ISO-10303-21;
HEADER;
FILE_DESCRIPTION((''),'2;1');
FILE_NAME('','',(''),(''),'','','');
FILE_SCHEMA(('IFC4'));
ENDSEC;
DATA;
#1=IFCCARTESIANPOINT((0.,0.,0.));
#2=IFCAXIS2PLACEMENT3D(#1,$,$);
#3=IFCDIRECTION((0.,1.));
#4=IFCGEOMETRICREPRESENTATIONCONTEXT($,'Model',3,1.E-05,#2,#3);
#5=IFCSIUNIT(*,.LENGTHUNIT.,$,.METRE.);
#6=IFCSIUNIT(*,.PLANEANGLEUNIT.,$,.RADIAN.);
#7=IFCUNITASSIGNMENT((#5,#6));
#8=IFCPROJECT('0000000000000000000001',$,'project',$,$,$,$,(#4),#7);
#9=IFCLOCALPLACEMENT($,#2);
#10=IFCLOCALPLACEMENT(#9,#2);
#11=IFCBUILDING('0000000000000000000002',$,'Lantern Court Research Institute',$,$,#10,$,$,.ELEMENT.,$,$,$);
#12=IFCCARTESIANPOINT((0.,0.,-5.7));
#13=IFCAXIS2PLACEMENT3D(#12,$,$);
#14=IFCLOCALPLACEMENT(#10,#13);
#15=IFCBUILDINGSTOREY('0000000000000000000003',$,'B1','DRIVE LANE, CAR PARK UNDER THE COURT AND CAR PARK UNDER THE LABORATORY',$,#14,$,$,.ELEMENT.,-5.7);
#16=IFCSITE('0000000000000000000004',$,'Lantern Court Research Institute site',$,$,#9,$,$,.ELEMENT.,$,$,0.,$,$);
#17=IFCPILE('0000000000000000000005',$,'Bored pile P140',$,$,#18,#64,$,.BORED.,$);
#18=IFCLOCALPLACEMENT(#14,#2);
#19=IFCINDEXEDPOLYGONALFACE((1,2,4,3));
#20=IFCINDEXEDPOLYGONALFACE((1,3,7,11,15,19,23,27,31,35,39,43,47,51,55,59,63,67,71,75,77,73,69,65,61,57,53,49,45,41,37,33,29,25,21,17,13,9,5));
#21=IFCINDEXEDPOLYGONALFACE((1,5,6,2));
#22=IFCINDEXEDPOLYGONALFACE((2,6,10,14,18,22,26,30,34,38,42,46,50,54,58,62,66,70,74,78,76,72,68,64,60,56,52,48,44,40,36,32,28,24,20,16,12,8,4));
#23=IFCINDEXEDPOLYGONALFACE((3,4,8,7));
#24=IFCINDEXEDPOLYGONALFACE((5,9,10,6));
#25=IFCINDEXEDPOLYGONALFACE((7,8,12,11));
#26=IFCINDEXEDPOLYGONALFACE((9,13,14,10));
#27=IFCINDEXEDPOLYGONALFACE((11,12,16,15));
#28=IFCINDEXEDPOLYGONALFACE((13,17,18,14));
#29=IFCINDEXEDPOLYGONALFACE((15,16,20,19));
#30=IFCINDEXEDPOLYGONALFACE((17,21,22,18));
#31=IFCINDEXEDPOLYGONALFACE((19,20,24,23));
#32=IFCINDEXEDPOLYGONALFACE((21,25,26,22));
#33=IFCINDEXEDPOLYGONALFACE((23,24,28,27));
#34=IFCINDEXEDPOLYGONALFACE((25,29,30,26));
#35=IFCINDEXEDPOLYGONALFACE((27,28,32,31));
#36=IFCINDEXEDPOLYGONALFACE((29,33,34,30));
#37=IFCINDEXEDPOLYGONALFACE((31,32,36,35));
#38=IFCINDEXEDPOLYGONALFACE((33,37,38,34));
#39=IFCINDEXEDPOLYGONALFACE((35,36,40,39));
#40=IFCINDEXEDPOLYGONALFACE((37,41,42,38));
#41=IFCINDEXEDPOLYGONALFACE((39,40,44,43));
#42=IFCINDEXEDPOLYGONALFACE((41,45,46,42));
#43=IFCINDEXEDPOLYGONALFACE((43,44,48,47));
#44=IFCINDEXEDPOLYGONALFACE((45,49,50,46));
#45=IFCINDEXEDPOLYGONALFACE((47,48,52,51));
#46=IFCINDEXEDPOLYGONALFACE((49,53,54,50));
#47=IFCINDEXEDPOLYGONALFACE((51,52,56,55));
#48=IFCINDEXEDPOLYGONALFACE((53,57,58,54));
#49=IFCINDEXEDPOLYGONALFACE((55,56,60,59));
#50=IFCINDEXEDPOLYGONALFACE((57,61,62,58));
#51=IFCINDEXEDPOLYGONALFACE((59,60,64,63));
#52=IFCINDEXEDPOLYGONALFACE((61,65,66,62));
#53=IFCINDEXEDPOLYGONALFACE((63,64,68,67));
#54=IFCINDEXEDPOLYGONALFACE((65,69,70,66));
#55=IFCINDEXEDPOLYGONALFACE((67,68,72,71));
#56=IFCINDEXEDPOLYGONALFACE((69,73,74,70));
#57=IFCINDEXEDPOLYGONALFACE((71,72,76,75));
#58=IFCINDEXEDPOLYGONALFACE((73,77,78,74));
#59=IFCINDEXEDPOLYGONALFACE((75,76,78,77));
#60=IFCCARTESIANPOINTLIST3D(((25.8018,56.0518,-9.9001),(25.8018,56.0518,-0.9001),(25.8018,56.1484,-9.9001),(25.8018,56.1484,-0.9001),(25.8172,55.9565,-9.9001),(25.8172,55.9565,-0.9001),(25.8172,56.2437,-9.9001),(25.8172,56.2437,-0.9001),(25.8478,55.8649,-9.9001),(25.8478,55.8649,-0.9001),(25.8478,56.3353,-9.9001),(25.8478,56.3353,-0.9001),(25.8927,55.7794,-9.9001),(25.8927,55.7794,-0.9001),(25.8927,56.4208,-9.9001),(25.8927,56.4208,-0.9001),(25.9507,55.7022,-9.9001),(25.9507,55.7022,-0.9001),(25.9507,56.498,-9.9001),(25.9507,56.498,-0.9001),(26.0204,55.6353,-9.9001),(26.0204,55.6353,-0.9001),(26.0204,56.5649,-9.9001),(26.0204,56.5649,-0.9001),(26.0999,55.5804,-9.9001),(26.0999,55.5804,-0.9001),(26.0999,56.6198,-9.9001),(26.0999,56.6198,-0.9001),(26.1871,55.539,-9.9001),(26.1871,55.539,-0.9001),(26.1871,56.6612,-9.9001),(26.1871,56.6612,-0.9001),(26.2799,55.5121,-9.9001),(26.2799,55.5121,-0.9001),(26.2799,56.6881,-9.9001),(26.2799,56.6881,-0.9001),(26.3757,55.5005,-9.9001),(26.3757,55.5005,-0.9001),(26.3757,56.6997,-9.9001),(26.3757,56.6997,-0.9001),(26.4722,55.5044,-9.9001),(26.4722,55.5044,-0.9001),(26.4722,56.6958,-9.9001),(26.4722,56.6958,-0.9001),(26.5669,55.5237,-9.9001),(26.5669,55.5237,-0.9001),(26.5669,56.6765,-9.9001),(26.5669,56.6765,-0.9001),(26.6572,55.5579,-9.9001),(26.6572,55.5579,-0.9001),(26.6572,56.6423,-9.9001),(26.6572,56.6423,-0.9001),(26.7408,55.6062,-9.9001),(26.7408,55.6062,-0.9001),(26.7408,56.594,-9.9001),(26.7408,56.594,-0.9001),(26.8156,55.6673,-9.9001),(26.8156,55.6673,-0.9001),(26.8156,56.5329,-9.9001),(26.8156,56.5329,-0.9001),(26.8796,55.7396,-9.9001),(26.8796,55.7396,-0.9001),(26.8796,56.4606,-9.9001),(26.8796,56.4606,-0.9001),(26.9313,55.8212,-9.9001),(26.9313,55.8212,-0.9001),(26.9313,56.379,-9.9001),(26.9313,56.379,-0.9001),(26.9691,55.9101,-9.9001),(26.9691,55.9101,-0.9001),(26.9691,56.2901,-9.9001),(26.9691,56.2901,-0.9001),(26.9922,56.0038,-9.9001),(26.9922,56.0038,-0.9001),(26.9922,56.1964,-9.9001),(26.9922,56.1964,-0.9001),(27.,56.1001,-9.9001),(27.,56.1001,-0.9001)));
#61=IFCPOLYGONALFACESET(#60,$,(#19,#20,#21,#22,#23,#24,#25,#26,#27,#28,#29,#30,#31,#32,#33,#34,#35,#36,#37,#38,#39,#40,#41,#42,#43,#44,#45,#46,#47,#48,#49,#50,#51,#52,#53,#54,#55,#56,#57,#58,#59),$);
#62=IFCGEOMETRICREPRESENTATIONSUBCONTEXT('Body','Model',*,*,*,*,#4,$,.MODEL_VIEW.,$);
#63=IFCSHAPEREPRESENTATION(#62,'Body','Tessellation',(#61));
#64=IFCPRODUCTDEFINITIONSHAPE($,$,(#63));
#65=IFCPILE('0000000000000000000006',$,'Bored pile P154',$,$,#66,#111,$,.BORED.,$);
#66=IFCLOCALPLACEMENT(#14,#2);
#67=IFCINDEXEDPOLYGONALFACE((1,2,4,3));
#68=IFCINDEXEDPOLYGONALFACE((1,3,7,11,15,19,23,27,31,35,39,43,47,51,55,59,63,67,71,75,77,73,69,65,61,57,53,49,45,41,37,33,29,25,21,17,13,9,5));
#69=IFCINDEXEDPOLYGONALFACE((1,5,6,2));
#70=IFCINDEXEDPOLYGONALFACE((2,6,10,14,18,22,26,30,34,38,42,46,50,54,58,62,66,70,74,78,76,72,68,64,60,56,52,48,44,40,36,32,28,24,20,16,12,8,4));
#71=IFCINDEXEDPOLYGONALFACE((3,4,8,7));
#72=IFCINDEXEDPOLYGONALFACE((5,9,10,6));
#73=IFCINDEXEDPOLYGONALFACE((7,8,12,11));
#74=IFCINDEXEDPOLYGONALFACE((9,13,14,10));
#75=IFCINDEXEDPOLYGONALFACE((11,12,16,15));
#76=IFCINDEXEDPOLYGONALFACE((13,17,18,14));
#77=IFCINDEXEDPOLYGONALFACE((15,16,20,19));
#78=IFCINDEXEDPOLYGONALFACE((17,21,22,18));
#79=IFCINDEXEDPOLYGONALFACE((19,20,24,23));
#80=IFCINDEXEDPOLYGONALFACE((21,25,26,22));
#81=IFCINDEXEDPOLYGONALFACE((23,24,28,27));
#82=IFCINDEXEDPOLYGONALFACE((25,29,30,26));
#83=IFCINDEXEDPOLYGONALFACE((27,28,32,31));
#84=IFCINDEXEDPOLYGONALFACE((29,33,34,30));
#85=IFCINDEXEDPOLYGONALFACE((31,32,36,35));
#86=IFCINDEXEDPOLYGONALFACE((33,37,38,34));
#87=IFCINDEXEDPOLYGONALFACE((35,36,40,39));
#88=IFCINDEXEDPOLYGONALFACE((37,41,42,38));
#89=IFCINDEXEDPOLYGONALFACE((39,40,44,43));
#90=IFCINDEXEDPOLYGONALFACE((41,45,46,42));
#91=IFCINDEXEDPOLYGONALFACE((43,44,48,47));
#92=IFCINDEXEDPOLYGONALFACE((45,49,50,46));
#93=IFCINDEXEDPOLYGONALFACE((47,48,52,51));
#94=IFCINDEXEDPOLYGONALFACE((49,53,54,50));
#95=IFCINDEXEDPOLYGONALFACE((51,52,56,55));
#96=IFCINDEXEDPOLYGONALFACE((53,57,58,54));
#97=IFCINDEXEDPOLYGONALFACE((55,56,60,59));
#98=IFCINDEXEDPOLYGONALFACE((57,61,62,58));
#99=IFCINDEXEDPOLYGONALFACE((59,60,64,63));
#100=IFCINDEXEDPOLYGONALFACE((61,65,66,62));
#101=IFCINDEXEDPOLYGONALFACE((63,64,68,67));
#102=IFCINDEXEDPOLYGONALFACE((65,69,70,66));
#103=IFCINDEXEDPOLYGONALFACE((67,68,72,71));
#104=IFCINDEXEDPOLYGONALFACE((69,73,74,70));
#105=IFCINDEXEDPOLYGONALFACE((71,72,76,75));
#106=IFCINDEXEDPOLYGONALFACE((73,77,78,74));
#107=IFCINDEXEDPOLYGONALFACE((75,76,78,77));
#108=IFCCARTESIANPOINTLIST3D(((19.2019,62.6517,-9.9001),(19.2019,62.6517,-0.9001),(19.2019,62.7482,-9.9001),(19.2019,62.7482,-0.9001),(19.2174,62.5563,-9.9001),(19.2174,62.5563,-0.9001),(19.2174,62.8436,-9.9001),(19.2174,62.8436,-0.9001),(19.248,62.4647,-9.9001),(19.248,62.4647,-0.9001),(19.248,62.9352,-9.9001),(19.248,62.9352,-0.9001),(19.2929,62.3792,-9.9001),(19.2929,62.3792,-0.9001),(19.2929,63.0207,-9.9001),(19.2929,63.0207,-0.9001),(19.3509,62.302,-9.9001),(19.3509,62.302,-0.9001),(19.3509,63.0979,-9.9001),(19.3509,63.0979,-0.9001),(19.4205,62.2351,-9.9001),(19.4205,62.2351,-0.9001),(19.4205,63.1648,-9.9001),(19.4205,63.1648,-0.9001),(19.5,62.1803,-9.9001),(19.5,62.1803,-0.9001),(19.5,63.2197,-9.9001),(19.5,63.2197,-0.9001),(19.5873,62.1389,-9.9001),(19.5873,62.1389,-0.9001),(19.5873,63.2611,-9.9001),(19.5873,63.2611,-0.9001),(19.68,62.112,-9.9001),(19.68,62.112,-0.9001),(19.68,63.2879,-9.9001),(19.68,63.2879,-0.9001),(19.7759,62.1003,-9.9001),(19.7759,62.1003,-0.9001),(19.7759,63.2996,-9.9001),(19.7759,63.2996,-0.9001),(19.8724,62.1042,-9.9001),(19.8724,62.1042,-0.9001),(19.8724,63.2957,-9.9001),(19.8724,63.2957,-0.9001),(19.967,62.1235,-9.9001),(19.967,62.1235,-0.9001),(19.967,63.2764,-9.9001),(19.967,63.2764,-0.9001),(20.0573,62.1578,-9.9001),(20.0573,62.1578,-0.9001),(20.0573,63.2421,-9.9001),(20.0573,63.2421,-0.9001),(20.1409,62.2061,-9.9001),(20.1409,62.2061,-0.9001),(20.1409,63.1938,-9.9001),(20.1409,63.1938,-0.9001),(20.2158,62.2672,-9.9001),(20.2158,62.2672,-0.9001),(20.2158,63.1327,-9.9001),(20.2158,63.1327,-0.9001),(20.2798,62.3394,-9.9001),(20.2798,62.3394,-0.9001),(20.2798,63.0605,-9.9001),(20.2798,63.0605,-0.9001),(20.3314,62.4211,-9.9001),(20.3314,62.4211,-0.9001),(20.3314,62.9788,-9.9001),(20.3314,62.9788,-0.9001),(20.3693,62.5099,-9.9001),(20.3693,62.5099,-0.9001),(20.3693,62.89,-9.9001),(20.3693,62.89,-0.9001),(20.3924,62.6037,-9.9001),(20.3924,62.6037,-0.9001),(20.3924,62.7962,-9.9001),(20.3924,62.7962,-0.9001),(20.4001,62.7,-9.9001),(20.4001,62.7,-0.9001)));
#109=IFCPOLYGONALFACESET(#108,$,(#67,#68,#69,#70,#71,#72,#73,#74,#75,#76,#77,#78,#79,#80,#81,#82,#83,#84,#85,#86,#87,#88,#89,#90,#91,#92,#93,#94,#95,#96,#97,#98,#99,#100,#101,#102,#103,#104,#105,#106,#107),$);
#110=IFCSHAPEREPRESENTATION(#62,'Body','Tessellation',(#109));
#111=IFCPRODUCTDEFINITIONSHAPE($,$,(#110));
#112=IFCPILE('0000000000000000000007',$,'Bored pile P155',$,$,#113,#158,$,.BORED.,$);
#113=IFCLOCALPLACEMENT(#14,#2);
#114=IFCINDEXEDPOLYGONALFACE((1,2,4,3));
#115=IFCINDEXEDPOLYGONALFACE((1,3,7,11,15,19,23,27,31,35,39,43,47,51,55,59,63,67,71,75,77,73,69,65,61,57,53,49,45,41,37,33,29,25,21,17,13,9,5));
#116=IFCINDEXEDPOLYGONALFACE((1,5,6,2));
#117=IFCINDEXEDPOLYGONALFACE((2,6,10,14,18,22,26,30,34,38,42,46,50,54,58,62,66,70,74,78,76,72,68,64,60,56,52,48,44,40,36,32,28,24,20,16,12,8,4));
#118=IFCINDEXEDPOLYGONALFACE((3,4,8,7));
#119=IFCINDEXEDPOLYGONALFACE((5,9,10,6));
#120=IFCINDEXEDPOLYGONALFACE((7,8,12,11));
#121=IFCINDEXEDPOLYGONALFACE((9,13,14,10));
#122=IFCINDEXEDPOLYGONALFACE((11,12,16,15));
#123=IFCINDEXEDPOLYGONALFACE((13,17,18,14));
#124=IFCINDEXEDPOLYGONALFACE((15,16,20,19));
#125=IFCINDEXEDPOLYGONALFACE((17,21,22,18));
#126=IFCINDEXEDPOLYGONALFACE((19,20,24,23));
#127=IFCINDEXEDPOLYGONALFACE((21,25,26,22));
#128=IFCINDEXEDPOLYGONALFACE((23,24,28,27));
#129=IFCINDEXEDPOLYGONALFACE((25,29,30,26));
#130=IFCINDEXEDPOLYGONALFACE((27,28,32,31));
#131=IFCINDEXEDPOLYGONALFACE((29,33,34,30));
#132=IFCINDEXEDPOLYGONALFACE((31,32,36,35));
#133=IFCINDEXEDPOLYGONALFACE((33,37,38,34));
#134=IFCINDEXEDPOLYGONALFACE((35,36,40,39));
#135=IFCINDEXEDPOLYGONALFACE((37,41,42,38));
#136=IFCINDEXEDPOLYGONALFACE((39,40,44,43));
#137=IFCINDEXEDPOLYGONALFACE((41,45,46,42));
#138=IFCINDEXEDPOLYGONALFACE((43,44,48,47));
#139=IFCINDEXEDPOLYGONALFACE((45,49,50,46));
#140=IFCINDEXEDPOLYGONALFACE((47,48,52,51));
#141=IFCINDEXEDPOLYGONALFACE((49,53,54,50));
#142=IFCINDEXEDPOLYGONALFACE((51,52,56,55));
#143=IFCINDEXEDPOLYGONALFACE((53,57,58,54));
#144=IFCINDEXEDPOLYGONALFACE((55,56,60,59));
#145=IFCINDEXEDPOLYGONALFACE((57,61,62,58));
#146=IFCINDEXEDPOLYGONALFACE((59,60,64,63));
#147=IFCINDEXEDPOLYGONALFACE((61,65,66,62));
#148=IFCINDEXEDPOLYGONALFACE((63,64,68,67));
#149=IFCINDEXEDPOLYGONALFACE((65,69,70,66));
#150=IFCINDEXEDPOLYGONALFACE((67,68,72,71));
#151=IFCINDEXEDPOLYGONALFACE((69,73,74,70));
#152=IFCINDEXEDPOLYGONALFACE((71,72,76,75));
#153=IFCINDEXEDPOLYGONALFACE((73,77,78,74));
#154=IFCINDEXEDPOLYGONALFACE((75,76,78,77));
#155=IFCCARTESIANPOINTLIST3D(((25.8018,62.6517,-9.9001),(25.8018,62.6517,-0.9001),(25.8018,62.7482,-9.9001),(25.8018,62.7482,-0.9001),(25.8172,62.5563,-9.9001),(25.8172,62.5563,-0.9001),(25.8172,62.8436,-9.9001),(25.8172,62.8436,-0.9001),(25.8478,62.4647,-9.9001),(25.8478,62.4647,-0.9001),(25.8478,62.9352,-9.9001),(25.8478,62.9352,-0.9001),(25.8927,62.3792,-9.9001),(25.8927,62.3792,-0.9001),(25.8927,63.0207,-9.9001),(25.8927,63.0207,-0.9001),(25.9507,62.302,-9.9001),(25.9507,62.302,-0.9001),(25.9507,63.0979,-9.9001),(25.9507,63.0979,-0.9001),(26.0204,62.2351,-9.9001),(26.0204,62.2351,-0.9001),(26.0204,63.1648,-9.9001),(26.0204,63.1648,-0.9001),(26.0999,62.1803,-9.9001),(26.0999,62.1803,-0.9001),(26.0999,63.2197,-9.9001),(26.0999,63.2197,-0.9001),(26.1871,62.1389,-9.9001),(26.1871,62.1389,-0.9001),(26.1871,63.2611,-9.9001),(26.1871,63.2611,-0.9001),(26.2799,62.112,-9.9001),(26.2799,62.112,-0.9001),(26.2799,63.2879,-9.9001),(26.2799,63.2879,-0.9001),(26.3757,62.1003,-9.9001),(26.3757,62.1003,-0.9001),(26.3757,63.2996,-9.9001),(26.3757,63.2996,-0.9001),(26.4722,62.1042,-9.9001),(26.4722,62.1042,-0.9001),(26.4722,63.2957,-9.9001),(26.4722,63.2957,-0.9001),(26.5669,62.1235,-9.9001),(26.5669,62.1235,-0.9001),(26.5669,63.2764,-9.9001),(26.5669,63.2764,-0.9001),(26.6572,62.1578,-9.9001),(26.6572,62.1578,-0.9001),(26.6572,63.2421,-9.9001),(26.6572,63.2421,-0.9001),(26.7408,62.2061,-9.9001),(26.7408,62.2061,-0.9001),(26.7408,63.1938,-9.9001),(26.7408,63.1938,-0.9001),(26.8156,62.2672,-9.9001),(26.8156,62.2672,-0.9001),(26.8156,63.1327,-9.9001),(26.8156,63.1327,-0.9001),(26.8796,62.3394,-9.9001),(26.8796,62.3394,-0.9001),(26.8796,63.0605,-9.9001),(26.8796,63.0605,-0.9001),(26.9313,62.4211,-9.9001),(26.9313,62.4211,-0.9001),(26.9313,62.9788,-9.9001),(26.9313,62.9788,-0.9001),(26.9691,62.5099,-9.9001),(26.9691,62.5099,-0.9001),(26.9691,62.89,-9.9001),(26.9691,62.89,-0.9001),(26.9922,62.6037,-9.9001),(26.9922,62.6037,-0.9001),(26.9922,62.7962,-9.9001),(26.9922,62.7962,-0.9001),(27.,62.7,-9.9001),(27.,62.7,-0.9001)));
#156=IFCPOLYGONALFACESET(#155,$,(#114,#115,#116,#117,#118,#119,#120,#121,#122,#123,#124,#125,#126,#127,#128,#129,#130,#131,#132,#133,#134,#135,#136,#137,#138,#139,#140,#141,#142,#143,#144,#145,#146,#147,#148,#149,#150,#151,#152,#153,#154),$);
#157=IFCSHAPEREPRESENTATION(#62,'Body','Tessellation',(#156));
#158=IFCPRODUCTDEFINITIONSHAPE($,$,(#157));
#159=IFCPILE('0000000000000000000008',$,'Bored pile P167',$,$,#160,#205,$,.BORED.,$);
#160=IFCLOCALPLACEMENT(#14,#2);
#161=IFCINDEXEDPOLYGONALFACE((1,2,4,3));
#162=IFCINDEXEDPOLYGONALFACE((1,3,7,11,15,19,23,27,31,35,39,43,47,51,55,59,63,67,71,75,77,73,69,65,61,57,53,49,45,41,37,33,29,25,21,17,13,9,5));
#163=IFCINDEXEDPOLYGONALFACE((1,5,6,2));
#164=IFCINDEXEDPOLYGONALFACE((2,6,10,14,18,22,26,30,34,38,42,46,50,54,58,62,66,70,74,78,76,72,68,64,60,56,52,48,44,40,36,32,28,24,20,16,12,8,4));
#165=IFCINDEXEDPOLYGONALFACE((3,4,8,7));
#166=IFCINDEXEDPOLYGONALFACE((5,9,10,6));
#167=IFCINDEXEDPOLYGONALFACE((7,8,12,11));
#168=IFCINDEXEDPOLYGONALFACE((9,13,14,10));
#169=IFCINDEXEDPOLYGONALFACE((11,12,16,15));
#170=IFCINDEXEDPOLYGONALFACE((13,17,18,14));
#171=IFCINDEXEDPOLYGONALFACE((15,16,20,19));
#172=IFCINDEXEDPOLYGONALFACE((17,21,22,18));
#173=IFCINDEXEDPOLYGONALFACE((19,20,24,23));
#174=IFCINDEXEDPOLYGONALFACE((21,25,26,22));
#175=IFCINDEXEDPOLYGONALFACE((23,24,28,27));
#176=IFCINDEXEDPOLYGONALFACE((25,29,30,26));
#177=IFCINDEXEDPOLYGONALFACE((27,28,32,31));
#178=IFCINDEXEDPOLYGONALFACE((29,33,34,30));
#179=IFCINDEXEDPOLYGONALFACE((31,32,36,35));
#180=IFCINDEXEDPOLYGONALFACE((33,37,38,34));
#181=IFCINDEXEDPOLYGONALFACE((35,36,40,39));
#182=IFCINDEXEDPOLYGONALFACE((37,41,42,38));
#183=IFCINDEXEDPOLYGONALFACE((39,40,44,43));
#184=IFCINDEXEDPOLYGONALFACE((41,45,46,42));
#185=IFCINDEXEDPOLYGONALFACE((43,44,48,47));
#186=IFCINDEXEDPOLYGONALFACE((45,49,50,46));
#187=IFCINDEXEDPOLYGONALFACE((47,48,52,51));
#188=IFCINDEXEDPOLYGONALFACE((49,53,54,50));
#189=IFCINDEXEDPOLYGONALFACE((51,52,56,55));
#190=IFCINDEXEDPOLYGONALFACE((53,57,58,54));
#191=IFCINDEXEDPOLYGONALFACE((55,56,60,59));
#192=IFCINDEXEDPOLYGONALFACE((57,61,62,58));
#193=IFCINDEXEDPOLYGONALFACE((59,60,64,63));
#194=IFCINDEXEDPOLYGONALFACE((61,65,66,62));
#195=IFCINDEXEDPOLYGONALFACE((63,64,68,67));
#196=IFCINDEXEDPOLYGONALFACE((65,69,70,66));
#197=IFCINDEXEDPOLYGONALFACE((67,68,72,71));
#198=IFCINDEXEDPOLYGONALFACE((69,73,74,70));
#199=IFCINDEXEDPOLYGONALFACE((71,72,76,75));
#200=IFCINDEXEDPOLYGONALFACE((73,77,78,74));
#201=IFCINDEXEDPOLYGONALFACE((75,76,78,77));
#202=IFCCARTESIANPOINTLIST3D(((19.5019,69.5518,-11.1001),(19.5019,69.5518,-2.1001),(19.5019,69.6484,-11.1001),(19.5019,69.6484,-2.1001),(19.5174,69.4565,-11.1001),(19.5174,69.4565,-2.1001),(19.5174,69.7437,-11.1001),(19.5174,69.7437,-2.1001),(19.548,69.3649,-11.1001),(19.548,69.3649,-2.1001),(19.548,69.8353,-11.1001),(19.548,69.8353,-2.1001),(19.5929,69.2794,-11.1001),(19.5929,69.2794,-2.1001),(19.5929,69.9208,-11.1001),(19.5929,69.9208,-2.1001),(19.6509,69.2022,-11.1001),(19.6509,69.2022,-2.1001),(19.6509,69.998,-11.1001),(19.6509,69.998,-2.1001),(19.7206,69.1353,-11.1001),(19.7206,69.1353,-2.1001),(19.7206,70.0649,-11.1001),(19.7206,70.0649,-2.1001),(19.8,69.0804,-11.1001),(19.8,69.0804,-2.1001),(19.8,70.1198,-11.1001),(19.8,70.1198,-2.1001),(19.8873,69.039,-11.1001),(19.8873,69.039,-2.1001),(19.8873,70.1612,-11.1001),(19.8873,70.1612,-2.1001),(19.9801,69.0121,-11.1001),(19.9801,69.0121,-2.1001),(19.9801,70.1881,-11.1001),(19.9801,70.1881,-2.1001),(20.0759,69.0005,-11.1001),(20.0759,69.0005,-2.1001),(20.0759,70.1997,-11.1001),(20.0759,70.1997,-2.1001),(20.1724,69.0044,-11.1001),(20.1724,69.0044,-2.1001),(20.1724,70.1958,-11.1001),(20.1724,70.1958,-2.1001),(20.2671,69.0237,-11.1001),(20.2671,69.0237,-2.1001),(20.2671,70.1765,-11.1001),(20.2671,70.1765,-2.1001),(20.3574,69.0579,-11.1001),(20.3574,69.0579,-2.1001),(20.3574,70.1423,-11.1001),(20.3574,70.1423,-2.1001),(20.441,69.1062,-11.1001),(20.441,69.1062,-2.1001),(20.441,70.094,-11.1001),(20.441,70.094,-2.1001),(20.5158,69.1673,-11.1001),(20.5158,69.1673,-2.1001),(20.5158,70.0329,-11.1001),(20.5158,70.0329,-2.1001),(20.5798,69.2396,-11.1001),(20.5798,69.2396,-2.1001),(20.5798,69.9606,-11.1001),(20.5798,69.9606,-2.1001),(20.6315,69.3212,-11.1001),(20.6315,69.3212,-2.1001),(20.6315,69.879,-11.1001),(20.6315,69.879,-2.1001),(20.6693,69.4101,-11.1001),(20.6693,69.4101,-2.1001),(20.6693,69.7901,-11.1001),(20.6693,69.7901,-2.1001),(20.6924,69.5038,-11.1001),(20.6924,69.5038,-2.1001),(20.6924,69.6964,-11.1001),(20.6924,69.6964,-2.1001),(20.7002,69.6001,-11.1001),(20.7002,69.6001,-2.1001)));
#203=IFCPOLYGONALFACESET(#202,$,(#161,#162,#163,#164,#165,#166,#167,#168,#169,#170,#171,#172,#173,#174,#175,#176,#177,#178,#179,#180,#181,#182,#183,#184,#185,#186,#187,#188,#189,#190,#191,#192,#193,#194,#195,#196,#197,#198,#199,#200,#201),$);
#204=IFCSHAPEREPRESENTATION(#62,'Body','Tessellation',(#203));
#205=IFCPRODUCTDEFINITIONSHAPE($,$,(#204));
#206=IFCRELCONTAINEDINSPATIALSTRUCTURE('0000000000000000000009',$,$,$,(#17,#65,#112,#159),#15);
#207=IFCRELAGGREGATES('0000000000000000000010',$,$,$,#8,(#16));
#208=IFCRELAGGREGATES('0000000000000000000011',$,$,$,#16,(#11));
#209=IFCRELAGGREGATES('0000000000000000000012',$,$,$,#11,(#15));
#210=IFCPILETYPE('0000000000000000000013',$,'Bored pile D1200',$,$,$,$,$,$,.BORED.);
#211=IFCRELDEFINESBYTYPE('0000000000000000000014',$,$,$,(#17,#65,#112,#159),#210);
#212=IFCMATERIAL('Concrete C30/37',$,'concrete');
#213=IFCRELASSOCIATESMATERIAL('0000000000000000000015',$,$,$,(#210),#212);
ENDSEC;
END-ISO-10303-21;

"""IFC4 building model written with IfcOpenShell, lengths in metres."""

from ifc_helpers import new_model, si_unit, direction, frame, origin, origin_2d, place, context, subcontext, project, spatial, circle, extrude, material, material_profile, profile_set, type_object, element, save


model = new_model("IFC4")

# Units and contexts
model_context = context("Model", 3, precision=1e-05, world=origin(), true_north=direction((0.0, 1.0)))
body_context = subcontext(model_context, "Body", "Model", "MODEL_VIEW")
ifc_project = project(units=[si_unit("LENGTHUNIT", "METRE"), si_unit("PLANEANGLEUNIT", "RADIAN")], contexts=[model_context])

# Site, building, storey
site_placement = place(None, origin())
site = spatial("IfcSite", under=ifc_project, at=site_placement, Name="Lantern Court Research Institute site", CompositionType="ELEMENT", RefElevation=0.0)
building_placement = place(site_placement, origin())
building = spatial("IfcBuilding", under=site, at=building_placement, Name="Lantern Court Research Institute", CompositionType="ELEMENT")
storey_placement = place(building_placement, frame((0.0, 0.0, -5.7)))
storey = spatial("IfcBuildingStorey", under=building, at=storey_placement, Name="B1", Description="DRIVE LANE, CAR PARK UNDER THE COURT AND CAR PARK UNDER THE LABORATORY", CompositionType="ELEMENT", Elevation=-5.7)

# Piles
ifc_material_1 = material(Name="Concrete C30/37", Category="concrete")
ifc_material_profile_1 = material_profile(ifc_material_1, circle(Radius=0.6001, at=origin_2d()), Name="Bored pile D1200")
ifc_profile_set_1 = profile_set([ifc_material_profile_1], Name="Concrete C30/37")
pile_type = type_object("IfcPileType", Name="Bored pile D1200", PredefinedType="BORED", material=ifc_profile_set_1)
for number, where, z_axis, x_axis, name in (
    (1, (26.3999, 56.1001, -0.9001), (0.0, 0.0, -1.0), (1.0, 0.0, 0.0), "Bored pile P140"),
    (2, (19.8, 62.7, -0.9001), (0.0, 0.0, -1.0), (1.0, 0.0, 0.0), "Bored pile P154"),
    (3, (26.3999, 62.7, -0.9001), (0.0, 0.0, -1.0), (1.0, 0.0, 0.0), "Bored pile P155"),
    (4, (20.1001, 69.6001, -2.1001), (0.0, 0.0, -1.0), (1.0, 0.0, 0.0), "Bored pile P167"),
):
    element("IfcPile", number, at=place(storey_placement, frame(where, z_axis=z_axis, x_axis=x_axis)), inside=storey, type_object=pile_type, Name=name, PredefinedType="BORED", context=body_context, shape_type="SweptSolid", body=[
        extrude(circle(Radius=0.6001, at=origin_2d()), origin(), (0.0, 0.0, 1.0), 9.0),
    ])

save(model, "model.ifc")
